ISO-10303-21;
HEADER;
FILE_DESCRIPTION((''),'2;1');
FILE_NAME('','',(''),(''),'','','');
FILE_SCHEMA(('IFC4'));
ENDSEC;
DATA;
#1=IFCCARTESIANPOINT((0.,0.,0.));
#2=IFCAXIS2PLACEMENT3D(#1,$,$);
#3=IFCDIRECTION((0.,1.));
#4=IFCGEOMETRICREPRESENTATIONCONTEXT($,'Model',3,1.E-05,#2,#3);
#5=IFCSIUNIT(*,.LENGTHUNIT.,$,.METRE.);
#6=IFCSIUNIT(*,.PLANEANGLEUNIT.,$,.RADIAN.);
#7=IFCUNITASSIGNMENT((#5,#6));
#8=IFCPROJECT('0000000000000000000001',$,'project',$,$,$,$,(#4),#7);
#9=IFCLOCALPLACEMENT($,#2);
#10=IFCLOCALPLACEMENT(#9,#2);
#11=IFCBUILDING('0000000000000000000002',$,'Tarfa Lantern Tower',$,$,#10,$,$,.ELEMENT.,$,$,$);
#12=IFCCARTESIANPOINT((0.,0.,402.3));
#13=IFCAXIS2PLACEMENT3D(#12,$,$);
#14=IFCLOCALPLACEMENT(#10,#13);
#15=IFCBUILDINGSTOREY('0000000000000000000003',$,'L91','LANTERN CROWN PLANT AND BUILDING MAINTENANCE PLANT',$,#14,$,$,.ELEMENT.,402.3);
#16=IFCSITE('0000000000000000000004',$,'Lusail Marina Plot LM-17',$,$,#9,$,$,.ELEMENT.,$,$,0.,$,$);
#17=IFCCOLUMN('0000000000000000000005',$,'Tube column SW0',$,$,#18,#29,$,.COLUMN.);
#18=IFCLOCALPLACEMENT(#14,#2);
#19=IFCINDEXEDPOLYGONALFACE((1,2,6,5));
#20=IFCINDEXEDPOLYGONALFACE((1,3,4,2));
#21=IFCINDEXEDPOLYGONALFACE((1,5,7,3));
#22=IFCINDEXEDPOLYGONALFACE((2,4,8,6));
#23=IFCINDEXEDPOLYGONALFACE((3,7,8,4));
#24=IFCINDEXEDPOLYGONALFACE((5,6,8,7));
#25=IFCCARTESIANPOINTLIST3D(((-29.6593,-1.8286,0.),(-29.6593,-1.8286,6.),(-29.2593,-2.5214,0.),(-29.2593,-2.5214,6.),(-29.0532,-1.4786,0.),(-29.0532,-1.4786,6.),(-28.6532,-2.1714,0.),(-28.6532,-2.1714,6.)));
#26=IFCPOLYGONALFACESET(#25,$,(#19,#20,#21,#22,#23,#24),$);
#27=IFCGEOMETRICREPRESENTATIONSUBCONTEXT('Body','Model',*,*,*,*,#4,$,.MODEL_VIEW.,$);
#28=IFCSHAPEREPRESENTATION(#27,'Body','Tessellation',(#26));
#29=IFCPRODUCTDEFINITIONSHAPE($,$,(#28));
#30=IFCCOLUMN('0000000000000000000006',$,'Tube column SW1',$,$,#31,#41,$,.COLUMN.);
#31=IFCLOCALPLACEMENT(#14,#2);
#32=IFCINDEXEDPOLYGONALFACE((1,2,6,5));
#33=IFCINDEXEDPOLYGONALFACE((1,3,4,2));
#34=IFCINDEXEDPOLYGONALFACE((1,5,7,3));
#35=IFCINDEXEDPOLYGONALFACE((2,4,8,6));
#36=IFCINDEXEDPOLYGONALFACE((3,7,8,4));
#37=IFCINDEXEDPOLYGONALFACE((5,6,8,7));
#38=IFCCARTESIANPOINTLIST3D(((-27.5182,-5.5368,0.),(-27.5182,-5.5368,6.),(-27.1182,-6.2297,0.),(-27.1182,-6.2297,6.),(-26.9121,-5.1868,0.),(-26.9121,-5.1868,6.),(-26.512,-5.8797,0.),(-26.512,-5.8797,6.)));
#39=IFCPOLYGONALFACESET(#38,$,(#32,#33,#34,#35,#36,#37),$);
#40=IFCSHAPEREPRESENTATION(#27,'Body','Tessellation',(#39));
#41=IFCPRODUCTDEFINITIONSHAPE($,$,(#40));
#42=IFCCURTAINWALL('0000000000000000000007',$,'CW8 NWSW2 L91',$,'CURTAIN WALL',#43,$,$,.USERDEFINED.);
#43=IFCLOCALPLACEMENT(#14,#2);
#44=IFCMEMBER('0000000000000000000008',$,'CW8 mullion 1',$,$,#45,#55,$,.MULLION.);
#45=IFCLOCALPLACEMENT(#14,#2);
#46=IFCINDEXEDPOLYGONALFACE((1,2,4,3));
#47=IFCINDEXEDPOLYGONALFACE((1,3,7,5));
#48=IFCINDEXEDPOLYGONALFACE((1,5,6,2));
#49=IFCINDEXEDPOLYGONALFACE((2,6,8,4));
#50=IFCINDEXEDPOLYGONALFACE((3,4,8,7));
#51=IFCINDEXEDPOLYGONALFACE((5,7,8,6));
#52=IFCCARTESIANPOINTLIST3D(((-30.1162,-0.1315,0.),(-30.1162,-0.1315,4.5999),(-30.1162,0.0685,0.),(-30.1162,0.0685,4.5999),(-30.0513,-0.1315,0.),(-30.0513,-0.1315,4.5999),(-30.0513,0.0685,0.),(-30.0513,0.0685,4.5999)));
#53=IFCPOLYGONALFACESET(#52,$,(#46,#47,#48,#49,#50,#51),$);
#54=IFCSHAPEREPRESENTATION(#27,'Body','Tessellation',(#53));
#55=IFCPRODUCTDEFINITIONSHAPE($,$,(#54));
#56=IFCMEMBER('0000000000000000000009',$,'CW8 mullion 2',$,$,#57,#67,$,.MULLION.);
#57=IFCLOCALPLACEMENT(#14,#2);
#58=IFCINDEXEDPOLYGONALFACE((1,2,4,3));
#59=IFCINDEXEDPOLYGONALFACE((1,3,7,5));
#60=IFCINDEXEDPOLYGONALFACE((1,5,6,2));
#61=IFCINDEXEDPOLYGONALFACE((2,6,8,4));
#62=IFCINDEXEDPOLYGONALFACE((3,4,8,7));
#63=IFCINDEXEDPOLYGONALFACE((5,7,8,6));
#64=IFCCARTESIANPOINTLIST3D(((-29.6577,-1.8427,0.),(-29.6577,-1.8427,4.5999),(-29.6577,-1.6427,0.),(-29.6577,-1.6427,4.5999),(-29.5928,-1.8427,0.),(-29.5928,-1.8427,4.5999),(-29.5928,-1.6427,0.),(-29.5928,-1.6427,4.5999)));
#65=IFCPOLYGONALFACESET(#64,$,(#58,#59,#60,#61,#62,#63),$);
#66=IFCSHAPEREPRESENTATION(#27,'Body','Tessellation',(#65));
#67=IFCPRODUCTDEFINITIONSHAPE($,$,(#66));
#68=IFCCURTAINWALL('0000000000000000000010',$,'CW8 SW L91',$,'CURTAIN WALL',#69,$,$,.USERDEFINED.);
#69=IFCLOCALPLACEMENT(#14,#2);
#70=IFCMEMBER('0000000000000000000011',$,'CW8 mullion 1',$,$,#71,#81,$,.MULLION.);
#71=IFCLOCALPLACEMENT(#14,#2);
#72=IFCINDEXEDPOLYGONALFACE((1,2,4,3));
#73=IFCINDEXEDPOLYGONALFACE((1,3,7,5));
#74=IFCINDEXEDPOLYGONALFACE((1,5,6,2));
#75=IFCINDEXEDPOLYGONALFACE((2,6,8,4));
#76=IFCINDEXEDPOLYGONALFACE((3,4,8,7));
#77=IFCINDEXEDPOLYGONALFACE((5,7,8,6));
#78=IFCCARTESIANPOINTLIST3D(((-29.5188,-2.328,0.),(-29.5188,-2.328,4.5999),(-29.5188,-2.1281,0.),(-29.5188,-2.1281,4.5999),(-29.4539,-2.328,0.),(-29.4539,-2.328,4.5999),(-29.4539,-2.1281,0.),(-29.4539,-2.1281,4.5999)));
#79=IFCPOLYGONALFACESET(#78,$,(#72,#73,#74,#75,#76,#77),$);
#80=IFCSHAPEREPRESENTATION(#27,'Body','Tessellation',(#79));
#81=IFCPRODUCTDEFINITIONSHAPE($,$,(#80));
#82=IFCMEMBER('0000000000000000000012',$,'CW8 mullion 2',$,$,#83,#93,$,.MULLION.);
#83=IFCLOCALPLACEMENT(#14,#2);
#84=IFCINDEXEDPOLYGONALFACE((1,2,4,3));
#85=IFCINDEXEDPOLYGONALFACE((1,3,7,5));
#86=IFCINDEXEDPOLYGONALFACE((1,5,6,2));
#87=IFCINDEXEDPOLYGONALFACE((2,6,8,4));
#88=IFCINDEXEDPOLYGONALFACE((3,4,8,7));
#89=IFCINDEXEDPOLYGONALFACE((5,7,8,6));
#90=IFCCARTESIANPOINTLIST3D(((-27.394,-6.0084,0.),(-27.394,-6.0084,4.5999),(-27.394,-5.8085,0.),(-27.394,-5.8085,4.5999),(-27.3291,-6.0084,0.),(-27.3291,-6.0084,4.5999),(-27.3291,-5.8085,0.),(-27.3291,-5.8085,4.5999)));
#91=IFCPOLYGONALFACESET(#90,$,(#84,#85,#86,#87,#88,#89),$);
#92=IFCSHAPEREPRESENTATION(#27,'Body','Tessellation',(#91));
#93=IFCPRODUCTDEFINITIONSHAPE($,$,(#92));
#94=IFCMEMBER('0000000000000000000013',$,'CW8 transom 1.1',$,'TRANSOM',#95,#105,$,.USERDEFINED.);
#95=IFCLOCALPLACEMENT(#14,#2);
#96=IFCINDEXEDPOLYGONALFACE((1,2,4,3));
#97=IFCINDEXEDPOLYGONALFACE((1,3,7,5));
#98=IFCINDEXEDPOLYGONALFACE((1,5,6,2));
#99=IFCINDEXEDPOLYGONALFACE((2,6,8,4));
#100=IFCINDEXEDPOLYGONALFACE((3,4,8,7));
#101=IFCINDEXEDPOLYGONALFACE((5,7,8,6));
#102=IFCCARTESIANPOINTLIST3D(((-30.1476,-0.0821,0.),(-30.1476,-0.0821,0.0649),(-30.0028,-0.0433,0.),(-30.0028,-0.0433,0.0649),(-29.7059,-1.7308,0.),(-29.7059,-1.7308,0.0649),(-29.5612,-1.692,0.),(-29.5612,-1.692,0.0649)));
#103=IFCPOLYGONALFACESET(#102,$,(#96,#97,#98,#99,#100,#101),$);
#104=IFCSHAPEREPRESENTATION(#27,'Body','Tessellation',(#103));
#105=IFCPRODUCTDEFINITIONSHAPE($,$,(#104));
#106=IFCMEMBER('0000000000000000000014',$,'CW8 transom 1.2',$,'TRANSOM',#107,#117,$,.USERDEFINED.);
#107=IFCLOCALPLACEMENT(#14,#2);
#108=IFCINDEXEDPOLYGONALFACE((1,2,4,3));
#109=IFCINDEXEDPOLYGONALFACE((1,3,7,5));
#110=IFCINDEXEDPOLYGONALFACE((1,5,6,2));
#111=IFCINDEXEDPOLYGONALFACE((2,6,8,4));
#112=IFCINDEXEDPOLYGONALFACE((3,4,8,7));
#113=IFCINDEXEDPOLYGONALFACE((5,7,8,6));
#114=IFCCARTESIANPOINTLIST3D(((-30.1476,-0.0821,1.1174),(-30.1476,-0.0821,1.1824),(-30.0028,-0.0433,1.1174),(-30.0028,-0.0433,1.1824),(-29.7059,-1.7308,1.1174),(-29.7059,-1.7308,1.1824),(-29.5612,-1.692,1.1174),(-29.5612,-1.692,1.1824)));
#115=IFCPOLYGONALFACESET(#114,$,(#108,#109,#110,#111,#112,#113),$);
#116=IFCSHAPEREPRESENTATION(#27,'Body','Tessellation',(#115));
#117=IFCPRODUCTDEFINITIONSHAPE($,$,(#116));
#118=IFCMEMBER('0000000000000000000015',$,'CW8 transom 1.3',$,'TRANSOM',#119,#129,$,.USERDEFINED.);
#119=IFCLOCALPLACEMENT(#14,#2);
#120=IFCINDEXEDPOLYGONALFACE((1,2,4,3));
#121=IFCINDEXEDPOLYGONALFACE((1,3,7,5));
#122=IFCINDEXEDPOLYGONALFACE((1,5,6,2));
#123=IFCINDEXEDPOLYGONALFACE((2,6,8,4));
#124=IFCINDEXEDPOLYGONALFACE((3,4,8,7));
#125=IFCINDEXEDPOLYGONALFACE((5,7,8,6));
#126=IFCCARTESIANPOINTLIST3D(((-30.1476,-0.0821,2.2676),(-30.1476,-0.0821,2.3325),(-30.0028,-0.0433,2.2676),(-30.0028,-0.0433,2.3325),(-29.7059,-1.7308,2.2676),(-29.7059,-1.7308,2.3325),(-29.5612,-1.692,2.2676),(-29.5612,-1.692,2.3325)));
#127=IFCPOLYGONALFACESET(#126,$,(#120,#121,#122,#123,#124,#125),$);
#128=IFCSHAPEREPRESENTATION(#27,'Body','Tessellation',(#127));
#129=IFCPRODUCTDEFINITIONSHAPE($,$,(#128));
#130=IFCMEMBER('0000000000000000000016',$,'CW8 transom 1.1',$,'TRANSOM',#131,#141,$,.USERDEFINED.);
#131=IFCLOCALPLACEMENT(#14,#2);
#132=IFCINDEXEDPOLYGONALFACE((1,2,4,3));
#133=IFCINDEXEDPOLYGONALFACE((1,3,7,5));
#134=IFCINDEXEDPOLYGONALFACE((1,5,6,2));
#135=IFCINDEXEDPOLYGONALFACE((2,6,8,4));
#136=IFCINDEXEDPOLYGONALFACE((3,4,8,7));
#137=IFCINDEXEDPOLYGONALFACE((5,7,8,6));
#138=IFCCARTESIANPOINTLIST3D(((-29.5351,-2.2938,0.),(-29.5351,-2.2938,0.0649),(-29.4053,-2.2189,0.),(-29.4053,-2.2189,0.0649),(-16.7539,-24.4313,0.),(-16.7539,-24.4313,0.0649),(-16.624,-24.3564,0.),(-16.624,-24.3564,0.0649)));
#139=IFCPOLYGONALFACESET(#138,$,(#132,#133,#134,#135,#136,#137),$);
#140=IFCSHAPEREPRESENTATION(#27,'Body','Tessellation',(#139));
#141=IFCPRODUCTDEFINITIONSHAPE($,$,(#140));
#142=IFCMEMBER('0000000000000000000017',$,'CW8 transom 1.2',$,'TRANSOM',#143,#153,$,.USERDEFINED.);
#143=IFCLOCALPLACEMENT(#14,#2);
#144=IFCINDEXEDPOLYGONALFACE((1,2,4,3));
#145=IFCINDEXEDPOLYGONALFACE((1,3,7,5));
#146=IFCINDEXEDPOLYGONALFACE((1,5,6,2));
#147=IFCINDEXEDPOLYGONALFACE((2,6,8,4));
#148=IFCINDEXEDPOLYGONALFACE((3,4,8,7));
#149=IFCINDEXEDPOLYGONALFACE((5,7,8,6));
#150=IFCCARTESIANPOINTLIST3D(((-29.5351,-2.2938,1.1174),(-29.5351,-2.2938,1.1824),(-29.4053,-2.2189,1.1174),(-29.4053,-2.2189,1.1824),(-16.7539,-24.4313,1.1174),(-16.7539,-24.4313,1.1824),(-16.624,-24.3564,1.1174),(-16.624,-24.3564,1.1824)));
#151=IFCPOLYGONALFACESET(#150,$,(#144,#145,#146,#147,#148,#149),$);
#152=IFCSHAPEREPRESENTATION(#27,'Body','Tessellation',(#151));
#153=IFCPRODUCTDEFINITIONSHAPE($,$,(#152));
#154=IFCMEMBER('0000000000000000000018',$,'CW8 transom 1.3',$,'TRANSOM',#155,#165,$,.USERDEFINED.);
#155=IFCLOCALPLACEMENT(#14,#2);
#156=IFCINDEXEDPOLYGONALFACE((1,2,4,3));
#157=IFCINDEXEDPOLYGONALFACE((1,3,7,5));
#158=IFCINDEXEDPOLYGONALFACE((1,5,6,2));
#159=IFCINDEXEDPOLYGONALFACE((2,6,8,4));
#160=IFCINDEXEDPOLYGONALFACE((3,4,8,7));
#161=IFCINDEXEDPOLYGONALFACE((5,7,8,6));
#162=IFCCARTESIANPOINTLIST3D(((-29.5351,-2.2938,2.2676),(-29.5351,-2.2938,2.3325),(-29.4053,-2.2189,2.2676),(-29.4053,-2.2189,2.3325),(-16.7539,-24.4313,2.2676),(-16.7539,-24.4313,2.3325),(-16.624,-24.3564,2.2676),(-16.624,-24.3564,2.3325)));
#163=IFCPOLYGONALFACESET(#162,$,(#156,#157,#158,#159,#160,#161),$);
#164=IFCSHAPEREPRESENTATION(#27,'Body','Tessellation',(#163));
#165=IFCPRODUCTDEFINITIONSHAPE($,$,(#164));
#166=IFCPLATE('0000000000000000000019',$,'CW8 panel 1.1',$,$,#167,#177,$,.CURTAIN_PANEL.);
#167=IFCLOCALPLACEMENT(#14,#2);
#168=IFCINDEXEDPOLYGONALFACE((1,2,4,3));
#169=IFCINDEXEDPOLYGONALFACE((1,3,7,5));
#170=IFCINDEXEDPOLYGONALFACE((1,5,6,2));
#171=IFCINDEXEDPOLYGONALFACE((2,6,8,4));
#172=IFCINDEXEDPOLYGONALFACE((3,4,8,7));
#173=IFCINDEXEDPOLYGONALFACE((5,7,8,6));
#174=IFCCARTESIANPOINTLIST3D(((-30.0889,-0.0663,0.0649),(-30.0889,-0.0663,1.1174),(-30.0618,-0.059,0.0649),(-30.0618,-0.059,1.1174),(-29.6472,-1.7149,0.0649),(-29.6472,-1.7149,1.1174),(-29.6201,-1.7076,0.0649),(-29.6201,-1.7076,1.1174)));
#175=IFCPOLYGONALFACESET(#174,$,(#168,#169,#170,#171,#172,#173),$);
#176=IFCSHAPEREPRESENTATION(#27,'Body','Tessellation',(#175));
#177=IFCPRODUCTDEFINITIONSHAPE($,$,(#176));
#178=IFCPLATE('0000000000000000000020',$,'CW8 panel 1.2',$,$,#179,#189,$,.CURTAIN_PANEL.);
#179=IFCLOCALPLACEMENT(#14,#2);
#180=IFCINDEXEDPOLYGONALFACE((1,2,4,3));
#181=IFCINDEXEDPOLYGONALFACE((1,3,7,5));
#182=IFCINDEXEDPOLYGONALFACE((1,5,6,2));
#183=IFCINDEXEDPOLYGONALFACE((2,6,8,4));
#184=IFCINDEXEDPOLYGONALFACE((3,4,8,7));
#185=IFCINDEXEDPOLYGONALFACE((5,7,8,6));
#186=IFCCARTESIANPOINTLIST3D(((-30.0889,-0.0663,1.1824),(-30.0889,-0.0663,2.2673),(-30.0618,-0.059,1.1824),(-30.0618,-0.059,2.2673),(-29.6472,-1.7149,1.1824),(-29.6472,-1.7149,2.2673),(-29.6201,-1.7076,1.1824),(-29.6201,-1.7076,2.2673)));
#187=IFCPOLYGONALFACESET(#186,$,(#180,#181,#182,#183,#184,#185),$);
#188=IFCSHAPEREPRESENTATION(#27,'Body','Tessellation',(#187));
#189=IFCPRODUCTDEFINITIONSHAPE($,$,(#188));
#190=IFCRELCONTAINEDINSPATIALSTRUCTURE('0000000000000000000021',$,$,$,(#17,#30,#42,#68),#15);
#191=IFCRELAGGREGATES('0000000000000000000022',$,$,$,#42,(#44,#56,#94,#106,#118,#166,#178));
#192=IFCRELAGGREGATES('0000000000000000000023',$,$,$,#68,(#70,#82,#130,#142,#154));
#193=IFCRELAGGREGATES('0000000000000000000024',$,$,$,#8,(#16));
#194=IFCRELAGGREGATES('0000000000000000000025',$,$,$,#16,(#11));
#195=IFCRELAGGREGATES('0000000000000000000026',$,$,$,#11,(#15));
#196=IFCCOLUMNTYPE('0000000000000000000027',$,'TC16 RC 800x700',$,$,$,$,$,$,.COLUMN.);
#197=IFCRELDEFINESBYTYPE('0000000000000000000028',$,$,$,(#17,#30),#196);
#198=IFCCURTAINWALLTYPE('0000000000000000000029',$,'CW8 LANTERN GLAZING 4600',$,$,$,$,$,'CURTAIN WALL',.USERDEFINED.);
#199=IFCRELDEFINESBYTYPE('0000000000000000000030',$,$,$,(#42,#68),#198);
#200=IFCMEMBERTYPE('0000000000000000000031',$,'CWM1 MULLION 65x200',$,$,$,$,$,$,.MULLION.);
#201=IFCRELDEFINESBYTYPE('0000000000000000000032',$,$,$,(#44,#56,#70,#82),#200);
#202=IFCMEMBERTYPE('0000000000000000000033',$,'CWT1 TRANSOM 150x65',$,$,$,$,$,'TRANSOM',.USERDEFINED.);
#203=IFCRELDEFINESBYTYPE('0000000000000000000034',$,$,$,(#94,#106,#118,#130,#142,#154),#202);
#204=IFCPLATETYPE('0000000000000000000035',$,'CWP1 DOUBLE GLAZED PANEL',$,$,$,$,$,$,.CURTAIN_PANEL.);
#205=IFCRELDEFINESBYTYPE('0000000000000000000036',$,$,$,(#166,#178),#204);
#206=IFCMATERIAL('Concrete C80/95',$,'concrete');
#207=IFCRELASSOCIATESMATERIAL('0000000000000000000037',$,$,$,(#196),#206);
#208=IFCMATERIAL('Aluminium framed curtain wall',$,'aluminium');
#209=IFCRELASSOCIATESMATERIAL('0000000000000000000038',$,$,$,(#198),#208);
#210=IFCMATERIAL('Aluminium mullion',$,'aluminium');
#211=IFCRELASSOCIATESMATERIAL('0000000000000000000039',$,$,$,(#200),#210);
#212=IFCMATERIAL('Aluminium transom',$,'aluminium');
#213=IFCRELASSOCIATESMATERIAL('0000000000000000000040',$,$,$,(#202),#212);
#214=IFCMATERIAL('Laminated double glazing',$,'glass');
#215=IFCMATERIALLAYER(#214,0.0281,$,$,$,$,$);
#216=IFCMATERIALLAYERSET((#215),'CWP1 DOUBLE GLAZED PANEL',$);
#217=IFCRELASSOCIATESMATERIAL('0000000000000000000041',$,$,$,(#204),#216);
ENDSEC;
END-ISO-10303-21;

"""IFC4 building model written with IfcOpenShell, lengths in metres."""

from ifc_helpers import new_model, si_unit, direction, frame, origin, origin_2d, place, context, subcontext, project, spatial, rectangle, extrude, material, layer, layer_set, material_profile, profile_set, type_object, element, aggregate, save


model = new_model("IFC4")

# Units and contexts
model_context = context("Model", 3, precision=1e-05, world=origin(), true_north=direction((0.0, 1.0)))
body_context = subcontext(model_context, "Body", "Model", "MODEL_VIEW")
ifc_project = project(units=[si_unit("LENGTHUNIT", "METRE"), si_unit("PLANEANGLEUNIT", "RADIAN")], contexts=[model_context])

# Site, building, storey
site_placement = place(None, origin())
site = spatial("IfcSite", under=ifc_project, at=site_placement, Name="Lusail Marina Plot LM-17", CompositionType="ELEMENT", RefElevation=0.0)
building_placement = place(site_placement, origin())
building = spatial("IfcBuilding", under=site, at=building_placement, Name="Tarfa Lantern Tower", CompositionType="ELEMENT")
storey_placement = place(building_placement, frame((0.0, 0.0, 402.3)))
storey = spatial("IfcBuildingStorey", under=building, at=storey_placement, Name="L91", Description="LANTERN CROWN PLANT AND BUILDING MAINTENANCE PLANT", CompositionType="ELEMENT", Elevation=402.3)

# Columns
ifc_material_1 = material(Name="Concrete C80/95", Category="concrete")
ifc_material_profile_1 = material_profile(ifc_material_1, rectangle(XDim=0.8, YDim=0.7, at=origin_2d()), Name="RC 800x700")
ifc_profile_set_1 = profile_set([ifc_material_profile_1], Name="Concrete C80/95")
column_type = type_object("IfcColumnType", Name="TC16 RC 800x700", PredefinedType="COLUMN", material=ifc_profile_set_1)
for number, where, z_axis, x_axis, name in (
    (1, (-29.1562, -2.0, 0.0), (0.0, 0.0, 1.0), (0.5, -0.866025, 0.0), "Tube column SW0"),
    (2, (-27.0151, -5.7083, 0.0), (0.0, 0.0, 1.0), (0.5, -0.866025, 0.0), "Tube column SW1"),
):
    element("IfcColumn", number, at=place(storey_placement, frame(where, z_axis=z_axis, x_axis=x_axis)), inside=storey, type_object=column_type, Name=name, PredefinedType="COLUMN", context=body_context, shape_type="SweptSolid", body=[
        extrude(rectangle(XDim=0.8, YDim=0.7, at=origin_2d()), origin(), (0.0, 0.0, 1.0), 6.0),
    ])

# Curtain walls, members
ifc_material_2 = material(Name="Aluminium framed curtain wall", Category="aluminium")
curtain_wall_type = type_object("IfcCurtainWallType", Name="CW8 LANTERN GLAZING 4600", ElementType="CURTAIN WALL", PredefinedType="USERDEFINED", material=ifc_material_2)
curtain_wall_1_placement = place(storey_placement, origin())
curtain_wall_1 = element("IfcCurtainWall", 3, at=curtain_wall_1_placement, inside=storey, type_object=curtain_wall_type, Name="CW8 NWSW2 L91", ObjectType="CURTAIN WALL", PredefinedType="USERDEFINED")
ifc_material_3 = material(Name="Aluminium mullion", Category="aluminium")
ifc_material_profile_2 = material_profile(ifc_material_3, rectangle(XDim=0.0649, YDim=0.2, at=origin_2d()), Name="AL MULLION 65x200")
ifc_profile_set_2 = profile_set([ifc_material_profile_2], Name="Aluminium mullion")
member_type_1 = type_object("IfcMemberType", Name="CWM1 MULLION 65x200", PredefinedType="MULLION", material=ifc_profile_set_2)
member_1_placement = place(storey_placement, frame((-30.0837, -0.0315, 0.0), z_axis=(0.0, 0.0, 1.0), x_axis=(1.0, 0.0, 0.0)))
member_1 = element("IfcMember", 4, at=member_1_placement, type_object=member_type_1, Name="CW8 mullion 1", PredefinedType="MULLION", context=body_context, shape_type="SweptSolid", body=[
    extrude(rectangle(XDim=0.0649, YDim=0.2, at=origin_2d()), origin(), (0.0, 0.0, 1.0), 4.5999),
])
member_2_placement = place(storey_placement, frame((-29.6252, -1.7427, 0.0), z_axis=(0.0, 0.0, 1.0), x_axis=(1.0, 0.0, 0.0)))
member_2 = element("IfcMember", 5, at=member_2_placement, type_object=member_type_1, Name="CW8 mullion 2", PredefinedType="MULLION", context=body_context, shape_type="SweptSolid", body=[
    extrude(rectangle(XDim=0.0649, YDim=0.2, at=origin_2d()), origin(), (0.0, 0.0, 1.0), 4.5999),
])
curtain_wall_2_placement = place(storey_placement, origin())
curtain_wall_2 = element("IfcCurtainWall", 6, at=curtain_wall_2_placement, inside=storey, type_object=curtain_wall_type, Name="CW8 SW L91", ObjectType="CURTAIN WALL", PredefinedType="USERDEFINED")
member_3_placement = place(storey_placement, frame((-29.4863, -2.228, 0.0), z_axis=(0.0, 0.0, 1.0), x_axis=(1.0, 0.0, 0.0)))
member_3 = element("IfcMember", 7, at=member_3_placement, type_object=member_type_1, Name="CW8 mullion 1", PredefinedType="MULLION", context=body_context, shape_type="SweptSolid", body=[
    extrude(rectangle(XDim=0.0649, YDim=0.2, at=origin_2d()), origin(), (0.0, 0.0, 1.0), 4.5999),
])
member_4_placement = place(storey_placement, frame((-27.3616, -5.9084, 0.0), z_axis=(0.0, 0.0, 1.0), x_axis=(1.0, 0.0, 0.0)))
member_4 = element("IfcMember", 8, at=member_4_placement, type_object=member_type_1, Name="CW8 mullion 2", PredefinedType="MULLION", context=body_context, shape_type="SweptSolid", body=[
    extrude(rectangle(XDim=0.0649, YDim=0.2, at=origin_2d()), origin(), (0.0, 0.0, 1.0), 4.5999),
])

# Members
ifc_material_4 = material(Name="Aluminium transom", Category="aluminium")
ifc_material_profile_3 = material_profile(ifc_material_4, rectangle(XDim=0.1499, YDim=0.0649, at=origin_2d()), Name="AL TRANSOM 150x65")
ifc_profile_set_3 = profile_set([ifc_material_profile_3], Name="Aluminium transom")
member_type_2 = type_object("IfcMemberType", Name="CWT1 TRANSOM 150x65", ElementType="TRANSOM", PredefinedType="USERDEFINED", material=ifc_profile_set_3)
member_5_placement = place(storey_placement, frame((-30.0752, -0.0627, 0.0325), z_axis=(0.258758, -0.965942, 0.0), x_axis=(0.965942, 0.258758, 0.0)))
member_5 = element("IfcMember", 9, at=member_5_placement, type_object=member_type_2, Name="CW8 transom 1.1", ObjectType="TRANSOM", PredefinedType="USERDEFINED", context=body_context, shape_type="SweptSolid", body=[
    extrude(rectangle(XDim=0.1499, YDim=0.0649, at=origin_2d()), origin(), (0.0, 0.0, 1.0), 1.7068),
])
member_6_placement = place(storey_placement, frame((-30.0752, -0.0627, 1.1499), z_axis=(0.258758, -0.965942, 0.0), x_axis=(0.965942, 0.258758, 0.0)))
member_6 = element("IfcMember", 10, at=member_6_placement, type_object=member_type_2, Name="CW8 transom 1.2", ObjectType="TRANSOM", PredefinedType="USERDEFINED", context=body_context, shape_type="SweptSolid", body=[
    extrude(rectangle(XDim=0.1499, YDim=0.0649, at=origin_2d()), origin(), (0.0, 0.0, 1.0), 1.7068),
])
member_7_placement = place(storey_placement, frame((-30.0752, -0.0627, 2.3), z_axis=(0.258758, -0.965942, 0.0), x_axis=(0.965942, 0.258758, 0.0)))
member_7 = element("IfcMember", 11, at=member_7_placement, type_object=member_type_2, Name="CW8 transom 1.3", ObjectType="TRANSOM", PredefinedType="USERDEFINED", context=body_context, shape_type="SweptSolid", body=[
    extrude(rectangle(XDim=0.1499, YDim=0.0649, at=origin_2d()), origin(), (0.0, 0.0, 1.0), 1.7068),
])
member_8_placement = place(storey_placement, frame((-29.4702, -2.2563, 0.0325), z_axis=(0.500005, -0.866022, 0.0), x_axis=(0.866022, 0.500005, 0.0)))
member_8 = element("IfcMember", 12, at=member_8_placement, type_object=member_type_2, Name="CW8 transom 1.1", ObjectType="TRANSOM", PredefinedType="USERDEFINED", context=body_context, shape_type="SweptSolid", body=[
    extrude(rectangle(XDim=0.1499, YDim=0.0649, at=origin_2d()), origin(), (0.0, 0.0, 1.0), 25.5623),
])
member_9_placement = place(storey_placement, frame((-29.4702, -2.2563, 1.1499), z_axis=(0.500005, -0.866022, 0.0), x_axis=(0.866022, 0.500005, 0.0)))
member_9 = element("IfcMember", 13, at=member_9_placement, type_object=member_type_2, Name="CW8 transom 1.2", ObjectType="TRANSOM", PredefinedType="USERDEFINED", context=body_context, shape_type="SweptSolid", body=[
    extrude(rectangle(XDim=0.1499, YDim=0.0649, at=origin_2d()), origin(), (0.0, 0.0, 1.0), 25.5623),
])
member_10_placement = place(storey_placement, frame((-29.4702, -2.2563, 2.3), z_axis=(0.500005, -0.866022, 0.0), x_axis=(0.866022, 0.500005, 0.0)))
member_10 = element("IfcMember", 14, at=member_10_placement, type_object=member_type_2, Name="CW8 transom 1.3", ObjectType="TRANSOM", PredefinedType="USERDEFINED", context=body_context, shape_type="SweptSolid", body=[
    extrude(rectangle(XDim=0.1499, YDim=0.0649, at=origin_2d()), origin(), (0.0, 0.0, 1.0), 25.5623),
])

# Plates
ifc_material_5 = material(Name="Laminated double glazing", Category="glass")
ifc_layer_1 = layer(ifc_material_5, 0.0281)
ifc_layer_set_1 = layer_set([ifc_layer_1], Name="CWP1 DOUBLE GLAZED PANEL")
plate_type = type_object("IfcPlateType", Name="CWP1 DOUBLE GLAZED PANEL", PredefinedType="CURTAIN_PANEL", material=ifc_layer_set_1)
plate_1_placement = place(storey_placement, frame((-29.8545, -0.887, 0.0649), z_axis=(0.0, 0.0, 1.0), x_axis=(0.258819, -0.965926, 0.0)))
plate_1 = element("IfcPlate", 15, at=plate_1_placement, type_object=plate_type, Name="CW8 panel 1.1", PredefinedType="CURTAIN_PANEL", context=body_context, shape_type="SweptSolid", body=[
    extrude(rectangle(XDim=1.7068, YDim=0.0281, at=origin_2d()), origin(), (0.0, 0.0, 1.0), 1.0525),
])
plate_2_placement = place(storey_placement, frame((-29.8545, -0.887, 1.1824), z_axis=(0.0, 0.0, 1.0), x_axis=(0.258819, -0.965926, 0.0)))
plate_2 = element("IfcPlate", 16, at=plate_2_placement, type_object=plate_type, Name="CW8 panel 1.2", PredefinedType="CURTAIN_PANEL", context=body_context, shape_type="SweptSolid", body=[
    extrude(rectangle(XDim=1.7068, YDim=0.0281, at=origin_2d()), origin(), (0.0, 0.0, 1.0), 1.085),
])
aggregate(curtain_wall_1, [member_1, member_2, member_5, member_6, member_7, plate_1, plate_2])
aggregate(curtain_wall_2, [member_3, member_4, member_8, member_9, member_10])

save(model, "model.ifc")
